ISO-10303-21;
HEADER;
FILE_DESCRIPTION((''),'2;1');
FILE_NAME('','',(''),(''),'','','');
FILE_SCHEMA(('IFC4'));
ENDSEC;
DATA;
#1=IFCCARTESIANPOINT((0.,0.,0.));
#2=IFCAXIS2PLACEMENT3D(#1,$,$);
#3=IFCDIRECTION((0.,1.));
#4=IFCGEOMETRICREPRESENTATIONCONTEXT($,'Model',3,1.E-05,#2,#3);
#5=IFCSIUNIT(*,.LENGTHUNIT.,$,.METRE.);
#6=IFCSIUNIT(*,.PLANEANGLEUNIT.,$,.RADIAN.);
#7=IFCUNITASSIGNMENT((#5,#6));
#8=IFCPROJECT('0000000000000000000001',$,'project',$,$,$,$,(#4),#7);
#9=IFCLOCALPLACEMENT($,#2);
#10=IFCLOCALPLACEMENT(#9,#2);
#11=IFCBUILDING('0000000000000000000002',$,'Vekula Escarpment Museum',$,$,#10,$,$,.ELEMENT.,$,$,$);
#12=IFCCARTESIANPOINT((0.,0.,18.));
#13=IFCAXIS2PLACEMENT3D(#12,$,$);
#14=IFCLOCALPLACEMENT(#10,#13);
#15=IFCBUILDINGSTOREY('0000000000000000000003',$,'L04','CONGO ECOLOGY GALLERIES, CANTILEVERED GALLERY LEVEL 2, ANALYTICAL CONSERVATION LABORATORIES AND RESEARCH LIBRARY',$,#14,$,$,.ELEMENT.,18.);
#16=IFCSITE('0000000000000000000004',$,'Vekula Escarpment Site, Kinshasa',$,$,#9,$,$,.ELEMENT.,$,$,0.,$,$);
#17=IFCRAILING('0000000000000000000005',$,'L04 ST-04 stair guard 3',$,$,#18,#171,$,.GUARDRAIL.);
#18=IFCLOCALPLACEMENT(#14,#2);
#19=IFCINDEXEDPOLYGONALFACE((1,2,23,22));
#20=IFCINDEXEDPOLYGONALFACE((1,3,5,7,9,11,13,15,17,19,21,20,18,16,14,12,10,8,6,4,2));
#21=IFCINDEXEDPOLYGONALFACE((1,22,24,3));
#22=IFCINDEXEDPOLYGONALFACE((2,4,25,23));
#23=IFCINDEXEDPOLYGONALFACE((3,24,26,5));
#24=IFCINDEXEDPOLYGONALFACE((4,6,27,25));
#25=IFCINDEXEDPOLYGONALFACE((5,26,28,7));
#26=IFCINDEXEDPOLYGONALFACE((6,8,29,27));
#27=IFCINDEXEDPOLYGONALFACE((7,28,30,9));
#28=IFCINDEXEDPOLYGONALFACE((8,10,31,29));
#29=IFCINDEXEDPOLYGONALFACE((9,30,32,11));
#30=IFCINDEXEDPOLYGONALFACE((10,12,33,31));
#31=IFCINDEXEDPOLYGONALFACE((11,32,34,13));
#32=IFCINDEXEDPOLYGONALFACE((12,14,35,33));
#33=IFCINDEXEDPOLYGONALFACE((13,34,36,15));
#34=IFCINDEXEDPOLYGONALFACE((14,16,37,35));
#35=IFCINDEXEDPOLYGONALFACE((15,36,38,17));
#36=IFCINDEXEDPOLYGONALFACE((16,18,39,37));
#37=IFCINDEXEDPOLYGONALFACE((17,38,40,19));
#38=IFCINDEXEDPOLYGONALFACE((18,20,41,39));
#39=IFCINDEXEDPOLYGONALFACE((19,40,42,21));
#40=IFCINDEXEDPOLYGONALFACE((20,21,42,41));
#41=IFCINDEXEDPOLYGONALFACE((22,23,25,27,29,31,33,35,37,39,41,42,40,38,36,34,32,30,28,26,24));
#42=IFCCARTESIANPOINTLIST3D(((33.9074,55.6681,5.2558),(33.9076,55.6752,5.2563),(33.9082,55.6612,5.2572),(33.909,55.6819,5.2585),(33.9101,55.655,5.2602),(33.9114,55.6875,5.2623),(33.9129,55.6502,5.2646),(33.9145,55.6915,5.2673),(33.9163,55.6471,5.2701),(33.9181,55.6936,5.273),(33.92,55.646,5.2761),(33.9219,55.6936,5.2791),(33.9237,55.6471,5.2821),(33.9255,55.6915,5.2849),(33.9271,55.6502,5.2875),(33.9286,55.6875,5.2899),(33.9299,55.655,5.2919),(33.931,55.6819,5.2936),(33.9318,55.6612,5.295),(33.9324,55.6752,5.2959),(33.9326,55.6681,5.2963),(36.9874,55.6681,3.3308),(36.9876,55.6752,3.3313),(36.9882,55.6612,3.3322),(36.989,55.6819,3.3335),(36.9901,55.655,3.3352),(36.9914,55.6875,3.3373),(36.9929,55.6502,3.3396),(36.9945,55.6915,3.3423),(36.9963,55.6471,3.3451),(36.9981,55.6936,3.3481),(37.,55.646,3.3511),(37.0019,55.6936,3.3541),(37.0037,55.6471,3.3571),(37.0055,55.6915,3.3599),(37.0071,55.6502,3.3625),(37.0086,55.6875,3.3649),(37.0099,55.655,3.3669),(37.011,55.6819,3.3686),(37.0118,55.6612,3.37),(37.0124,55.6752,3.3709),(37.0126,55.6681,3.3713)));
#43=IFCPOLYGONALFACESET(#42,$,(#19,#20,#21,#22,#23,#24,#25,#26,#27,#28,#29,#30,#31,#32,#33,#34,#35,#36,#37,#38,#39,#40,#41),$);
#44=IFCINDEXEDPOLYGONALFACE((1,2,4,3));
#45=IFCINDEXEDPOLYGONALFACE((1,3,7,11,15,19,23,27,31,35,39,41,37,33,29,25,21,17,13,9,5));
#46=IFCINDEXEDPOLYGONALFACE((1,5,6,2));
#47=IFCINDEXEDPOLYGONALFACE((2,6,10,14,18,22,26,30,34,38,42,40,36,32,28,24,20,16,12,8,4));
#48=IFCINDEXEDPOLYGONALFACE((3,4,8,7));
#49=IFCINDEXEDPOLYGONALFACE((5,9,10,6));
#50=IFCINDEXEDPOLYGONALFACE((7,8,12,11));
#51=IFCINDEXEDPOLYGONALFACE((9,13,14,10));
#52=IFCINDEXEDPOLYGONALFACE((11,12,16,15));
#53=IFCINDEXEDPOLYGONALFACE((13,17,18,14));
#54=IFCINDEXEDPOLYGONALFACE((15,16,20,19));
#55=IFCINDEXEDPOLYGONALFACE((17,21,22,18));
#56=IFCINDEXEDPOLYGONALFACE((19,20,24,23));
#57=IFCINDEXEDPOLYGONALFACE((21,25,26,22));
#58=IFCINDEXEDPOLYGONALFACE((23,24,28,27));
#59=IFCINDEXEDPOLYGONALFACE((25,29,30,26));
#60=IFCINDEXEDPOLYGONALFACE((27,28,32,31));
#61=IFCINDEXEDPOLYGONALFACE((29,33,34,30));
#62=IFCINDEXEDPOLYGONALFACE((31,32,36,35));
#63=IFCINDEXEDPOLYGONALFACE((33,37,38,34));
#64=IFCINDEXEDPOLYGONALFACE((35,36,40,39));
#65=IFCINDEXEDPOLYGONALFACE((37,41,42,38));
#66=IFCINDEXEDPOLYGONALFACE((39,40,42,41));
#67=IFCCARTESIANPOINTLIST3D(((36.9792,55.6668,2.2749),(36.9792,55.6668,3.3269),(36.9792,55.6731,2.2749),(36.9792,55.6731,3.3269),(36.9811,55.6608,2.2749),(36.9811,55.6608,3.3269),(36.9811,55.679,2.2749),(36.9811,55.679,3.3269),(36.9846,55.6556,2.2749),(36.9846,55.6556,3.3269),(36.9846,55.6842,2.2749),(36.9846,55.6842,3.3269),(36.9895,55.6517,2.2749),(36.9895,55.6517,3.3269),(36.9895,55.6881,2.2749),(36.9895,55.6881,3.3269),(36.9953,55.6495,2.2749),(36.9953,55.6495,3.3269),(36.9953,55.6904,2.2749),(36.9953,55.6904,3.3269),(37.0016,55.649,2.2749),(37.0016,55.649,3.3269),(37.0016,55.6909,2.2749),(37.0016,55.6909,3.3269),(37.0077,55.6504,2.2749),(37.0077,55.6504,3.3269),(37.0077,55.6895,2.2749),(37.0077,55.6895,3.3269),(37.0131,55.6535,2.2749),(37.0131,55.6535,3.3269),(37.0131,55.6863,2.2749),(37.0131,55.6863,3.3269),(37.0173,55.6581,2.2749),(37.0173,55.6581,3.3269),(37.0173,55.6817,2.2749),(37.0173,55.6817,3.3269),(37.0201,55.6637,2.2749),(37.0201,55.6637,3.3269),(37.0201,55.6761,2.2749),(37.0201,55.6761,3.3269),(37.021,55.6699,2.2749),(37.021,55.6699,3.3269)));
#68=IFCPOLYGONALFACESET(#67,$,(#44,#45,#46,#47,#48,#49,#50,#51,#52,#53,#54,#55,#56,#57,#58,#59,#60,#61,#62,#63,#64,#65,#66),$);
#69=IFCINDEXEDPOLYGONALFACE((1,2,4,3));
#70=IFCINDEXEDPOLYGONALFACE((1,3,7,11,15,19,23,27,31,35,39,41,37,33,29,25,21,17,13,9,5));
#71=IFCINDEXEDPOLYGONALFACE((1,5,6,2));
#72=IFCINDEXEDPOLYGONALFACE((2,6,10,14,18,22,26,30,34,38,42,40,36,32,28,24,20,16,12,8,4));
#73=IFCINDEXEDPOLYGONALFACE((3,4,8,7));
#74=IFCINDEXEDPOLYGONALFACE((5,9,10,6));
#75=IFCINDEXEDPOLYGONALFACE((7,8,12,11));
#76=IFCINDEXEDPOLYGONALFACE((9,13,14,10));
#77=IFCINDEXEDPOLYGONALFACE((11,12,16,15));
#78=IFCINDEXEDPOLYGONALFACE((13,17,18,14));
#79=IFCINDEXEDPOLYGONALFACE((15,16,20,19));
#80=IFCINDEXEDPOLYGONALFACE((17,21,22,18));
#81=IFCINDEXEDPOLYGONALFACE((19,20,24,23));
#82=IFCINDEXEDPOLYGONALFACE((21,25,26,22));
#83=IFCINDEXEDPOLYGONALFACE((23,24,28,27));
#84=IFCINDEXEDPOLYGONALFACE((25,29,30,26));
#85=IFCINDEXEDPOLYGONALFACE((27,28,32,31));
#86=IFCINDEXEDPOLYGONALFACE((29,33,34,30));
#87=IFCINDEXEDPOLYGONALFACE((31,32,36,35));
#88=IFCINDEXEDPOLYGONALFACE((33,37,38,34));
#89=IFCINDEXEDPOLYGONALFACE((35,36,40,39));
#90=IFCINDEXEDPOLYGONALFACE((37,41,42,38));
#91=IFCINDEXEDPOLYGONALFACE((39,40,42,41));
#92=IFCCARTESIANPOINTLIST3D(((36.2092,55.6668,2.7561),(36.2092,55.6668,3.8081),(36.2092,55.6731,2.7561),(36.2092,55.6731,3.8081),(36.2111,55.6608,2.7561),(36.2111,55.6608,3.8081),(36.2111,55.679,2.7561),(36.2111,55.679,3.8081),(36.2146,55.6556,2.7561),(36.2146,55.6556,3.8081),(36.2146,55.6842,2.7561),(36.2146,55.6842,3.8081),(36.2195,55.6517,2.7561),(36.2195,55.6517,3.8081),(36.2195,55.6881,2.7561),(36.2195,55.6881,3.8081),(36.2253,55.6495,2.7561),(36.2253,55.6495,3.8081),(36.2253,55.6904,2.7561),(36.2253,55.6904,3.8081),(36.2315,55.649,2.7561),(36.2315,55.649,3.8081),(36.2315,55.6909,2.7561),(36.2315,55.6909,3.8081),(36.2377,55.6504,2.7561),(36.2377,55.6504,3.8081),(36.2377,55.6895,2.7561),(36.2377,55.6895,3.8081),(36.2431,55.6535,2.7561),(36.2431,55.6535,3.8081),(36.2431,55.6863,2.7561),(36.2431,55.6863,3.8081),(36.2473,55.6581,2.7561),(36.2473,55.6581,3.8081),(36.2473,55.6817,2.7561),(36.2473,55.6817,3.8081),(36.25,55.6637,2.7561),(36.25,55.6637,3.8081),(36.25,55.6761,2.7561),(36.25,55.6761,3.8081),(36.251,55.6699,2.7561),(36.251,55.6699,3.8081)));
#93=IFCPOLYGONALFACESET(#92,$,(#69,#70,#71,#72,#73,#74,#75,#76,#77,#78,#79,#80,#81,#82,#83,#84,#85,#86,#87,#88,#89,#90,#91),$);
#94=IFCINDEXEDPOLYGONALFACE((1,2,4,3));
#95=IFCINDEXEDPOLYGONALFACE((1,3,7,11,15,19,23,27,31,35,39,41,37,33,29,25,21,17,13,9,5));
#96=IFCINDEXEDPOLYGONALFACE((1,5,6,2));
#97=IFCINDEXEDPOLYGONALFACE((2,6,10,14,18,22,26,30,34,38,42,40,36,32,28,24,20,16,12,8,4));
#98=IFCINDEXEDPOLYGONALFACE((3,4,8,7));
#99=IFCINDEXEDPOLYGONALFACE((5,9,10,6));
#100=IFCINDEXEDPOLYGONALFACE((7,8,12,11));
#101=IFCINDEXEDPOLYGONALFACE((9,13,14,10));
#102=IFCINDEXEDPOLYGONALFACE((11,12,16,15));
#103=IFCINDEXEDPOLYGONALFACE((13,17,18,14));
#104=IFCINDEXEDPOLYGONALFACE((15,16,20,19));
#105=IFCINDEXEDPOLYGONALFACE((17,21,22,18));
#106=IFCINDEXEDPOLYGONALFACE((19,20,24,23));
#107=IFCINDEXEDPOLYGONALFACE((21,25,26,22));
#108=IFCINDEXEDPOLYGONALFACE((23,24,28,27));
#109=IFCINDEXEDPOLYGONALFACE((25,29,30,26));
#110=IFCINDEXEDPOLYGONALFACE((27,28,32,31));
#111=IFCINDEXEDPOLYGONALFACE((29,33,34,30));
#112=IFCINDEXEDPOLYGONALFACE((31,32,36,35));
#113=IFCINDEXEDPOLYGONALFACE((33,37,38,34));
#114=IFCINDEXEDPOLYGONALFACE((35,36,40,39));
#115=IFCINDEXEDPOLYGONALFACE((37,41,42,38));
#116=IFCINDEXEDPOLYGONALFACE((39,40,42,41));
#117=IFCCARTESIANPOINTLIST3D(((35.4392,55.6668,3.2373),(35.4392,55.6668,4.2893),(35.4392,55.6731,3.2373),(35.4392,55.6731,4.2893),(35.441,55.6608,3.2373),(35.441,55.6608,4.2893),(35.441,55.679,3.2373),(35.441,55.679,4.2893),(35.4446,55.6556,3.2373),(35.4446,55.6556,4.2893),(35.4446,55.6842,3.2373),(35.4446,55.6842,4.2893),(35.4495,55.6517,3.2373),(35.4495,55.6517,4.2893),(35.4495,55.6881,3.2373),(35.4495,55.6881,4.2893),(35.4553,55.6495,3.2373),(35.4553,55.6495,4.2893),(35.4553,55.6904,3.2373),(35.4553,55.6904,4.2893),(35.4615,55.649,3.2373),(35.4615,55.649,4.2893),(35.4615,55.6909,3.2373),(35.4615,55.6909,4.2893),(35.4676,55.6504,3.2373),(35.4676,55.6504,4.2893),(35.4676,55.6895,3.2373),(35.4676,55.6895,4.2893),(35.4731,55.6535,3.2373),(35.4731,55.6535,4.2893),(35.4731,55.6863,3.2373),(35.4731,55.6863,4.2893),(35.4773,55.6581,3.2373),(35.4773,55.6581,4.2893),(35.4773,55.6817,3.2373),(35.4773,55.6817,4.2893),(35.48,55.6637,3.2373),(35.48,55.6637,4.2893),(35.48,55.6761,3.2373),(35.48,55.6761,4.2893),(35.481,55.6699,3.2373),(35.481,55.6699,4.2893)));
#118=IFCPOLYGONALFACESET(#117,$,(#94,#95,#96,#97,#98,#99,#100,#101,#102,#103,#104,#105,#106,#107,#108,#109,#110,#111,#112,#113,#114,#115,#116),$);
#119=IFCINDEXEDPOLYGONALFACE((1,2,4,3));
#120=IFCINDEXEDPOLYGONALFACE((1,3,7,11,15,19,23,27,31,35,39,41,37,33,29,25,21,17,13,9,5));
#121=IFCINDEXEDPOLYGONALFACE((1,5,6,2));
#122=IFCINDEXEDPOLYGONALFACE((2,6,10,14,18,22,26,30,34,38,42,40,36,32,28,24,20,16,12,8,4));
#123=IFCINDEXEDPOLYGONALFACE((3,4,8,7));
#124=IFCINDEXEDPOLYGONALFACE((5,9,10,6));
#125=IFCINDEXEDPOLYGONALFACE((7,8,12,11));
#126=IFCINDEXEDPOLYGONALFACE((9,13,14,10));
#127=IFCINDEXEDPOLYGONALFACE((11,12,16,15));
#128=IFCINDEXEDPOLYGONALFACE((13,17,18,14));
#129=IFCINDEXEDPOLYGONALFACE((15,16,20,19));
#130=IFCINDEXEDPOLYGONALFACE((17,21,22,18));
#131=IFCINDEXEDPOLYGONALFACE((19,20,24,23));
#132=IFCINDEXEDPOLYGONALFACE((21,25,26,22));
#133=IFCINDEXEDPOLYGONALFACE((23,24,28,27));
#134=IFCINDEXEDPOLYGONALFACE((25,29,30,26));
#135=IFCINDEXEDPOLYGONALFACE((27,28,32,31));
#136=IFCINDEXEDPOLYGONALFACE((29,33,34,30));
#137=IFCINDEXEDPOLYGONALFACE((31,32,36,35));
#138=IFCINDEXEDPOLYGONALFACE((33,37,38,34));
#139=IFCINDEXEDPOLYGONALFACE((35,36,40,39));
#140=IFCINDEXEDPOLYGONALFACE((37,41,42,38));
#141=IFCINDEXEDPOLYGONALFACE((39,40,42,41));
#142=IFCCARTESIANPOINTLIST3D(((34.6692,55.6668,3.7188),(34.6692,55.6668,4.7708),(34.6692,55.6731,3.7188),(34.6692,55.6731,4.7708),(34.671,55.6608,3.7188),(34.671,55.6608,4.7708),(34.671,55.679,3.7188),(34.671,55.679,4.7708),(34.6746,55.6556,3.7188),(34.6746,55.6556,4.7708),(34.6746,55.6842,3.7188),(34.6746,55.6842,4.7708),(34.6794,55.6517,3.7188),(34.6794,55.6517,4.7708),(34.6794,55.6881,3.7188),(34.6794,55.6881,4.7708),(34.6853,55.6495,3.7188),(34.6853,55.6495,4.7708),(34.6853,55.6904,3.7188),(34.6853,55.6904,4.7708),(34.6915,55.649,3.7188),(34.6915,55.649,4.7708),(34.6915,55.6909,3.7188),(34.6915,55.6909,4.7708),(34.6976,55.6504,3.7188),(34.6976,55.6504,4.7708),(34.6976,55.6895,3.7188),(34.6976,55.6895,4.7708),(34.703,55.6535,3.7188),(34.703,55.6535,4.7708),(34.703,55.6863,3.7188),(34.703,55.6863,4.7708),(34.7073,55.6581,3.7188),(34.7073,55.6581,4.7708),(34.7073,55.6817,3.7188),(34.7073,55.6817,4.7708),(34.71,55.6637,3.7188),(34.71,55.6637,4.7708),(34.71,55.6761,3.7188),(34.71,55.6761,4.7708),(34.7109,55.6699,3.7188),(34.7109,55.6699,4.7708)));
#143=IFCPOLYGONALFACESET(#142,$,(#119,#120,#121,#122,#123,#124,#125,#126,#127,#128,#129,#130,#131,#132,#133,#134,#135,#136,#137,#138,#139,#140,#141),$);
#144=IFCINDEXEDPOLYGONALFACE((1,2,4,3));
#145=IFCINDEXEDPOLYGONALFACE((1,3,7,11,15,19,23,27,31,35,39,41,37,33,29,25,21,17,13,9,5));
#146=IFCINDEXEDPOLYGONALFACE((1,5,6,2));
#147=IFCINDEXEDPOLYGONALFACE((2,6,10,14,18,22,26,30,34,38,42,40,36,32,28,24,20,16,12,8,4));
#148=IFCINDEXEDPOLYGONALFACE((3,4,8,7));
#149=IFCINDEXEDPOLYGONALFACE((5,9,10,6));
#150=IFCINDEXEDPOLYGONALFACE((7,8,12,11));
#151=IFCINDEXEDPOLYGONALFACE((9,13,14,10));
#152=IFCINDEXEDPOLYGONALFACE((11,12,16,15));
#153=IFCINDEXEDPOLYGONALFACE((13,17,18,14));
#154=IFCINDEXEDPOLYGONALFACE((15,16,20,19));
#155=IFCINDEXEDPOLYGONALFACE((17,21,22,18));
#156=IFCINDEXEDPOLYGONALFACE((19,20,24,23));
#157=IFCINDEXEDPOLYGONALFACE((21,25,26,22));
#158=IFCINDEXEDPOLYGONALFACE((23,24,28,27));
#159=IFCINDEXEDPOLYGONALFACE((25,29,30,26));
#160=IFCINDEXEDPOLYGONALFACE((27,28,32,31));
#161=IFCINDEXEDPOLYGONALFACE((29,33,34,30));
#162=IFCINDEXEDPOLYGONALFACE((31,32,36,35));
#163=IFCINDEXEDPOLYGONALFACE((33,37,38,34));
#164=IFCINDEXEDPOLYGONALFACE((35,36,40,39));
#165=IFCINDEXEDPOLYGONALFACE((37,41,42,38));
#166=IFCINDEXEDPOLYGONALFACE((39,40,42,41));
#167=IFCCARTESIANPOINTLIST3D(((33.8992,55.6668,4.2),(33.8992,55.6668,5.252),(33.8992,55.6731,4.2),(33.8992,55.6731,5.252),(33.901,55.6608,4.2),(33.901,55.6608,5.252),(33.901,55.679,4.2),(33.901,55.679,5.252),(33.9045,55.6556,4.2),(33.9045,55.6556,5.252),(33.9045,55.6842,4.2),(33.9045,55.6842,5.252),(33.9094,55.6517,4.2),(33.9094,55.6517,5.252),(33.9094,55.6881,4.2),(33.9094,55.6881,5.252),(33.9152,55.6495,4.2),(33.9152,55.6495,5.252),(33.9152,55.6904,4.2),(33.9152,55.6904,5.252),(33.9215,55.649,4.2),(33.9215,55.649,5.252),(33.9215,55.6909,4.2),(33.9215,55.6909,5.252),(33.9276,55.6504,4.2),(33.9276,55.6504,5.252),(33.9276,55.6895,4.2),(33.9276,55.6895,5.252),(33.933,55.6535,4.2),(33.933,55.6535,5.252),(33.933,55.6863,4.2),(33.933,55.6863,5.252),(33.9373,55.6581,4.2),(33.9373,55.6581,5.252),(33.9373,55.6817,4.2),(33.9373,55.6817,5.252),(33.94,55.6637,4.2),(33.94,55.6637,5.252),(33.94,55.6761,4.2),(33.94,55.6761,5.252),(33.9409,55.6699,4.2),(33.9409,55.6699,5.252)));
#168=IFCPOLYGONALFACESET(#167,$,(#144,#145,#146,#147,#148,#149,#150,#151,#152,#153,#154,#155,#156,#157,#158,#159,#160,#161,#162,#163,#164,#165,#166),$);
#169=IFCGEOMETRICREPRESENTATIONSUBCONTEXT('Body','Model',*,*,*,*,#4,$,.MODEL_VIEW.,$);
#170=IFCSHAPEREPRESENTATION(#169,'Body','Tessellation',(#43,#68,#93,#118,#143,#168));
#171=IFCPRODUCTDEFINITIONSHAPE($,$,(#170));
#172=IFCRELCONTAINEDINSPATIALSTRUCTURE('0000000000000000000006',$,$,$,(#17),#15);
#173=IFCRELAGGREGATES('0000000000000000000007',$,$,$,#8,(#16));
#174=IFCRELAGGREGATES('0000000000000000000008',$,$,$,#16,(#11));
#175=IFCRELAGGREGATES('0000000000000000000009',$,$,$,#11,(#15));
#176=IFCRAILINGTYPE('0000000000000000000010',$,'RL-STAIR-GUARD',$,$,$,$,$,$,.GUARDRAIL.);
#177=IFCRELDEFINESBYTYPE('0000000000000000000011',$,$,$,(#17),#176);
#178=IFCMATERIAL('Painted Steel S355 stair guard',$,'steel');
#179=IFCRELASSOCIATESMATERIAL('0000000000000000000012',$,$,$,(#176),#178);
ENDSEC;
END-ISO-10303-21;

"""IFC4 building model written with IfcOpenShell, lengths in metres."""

from ifc_helpers import new_model, si_unit, direction, frame, origin, origin_2d, place, context, subcontext, project, spatial, circle, extrude, material, type_object, element, save


model = new_model("IFC4")

# Units and contexts
model_context = context("Model", 3, precision=1e-05, world=origin(), true_north=direction((0.0, 1.0)))
body_context = subcontext(model_context, "Body", "Model", "MODEL_VIEW")
ifc_project = project(units=[si_unit("LENGTHUNIT", "METRE"), si_unit("PLANEANGLEUNIT", "RADIAN")], contexts=[model_context])

# Site, building, storey
site_placement = place(None, origin())
site = spatial("IfcSite", under=ifc_project, at=site_placement, Name="Vekula Escarpment Site, Kinshasa", CompositionType="ELEMENT", RefElevation=0.0)
building_placement = place(site_placement, origin())
building = spatial("IfcBuilding", under=site, at=building_placement, Name="Vekula Escarpment Museum", CompositionType="ELEMENT")
storey_placement = place(building_placement, frame((0.0, 0.0, 18.0)))
storey = spatial("IfcBuildingStorey", under=building, at=storey_placement, Name="L04", Description="CONGO ECOLOGY GALLERIES, CANTILEVERED GALLERY LEVEL 2, ANALYTICAL CONSERVATION LABORATORIES AND RESEARCH LIBRARY", CompositionType="ELEMENT", Elevation=18.0)

# Railing
ifc_material_1 = material(Name="Painted Steel S355 stair guard", Category="steel")
railing_type_1 = type_object("IfcRailingType", Name="RL-STAIR-GUARD", PredefinedType="GUARDRAIL", material=ifc_material_1)
railing_1_placement = place(storey_placement, frame((37.0, 55.6699, 2.2749)))
element("IfcRailing", 1, at=railing_1_placement, inside=storey, type_object=railing_type_1, Name="L04 ST-04 stair guard 3", PredefinedType="GUARDRAIL", context=body_context, shape_type="SweptSolid", body=[
    extrude(circle(Radius=0.0239, at=origin_2d()), frame((0.0, 0.0, 1.0762), z_axis=(-0.847998, 0.0, 0.529999), x_axis=(0.0, -1.0, 0.0)), (0.0, 0.0, 1.0), 3.6321),
    extrude(circle(Radius=0.021, at=origin_2d()), origin(), (0.0, 0.0, 1.0), 1.052),
    extrude(circle(Radius=0.021, at=origin_2d()), frame((-0.77, 0.0, 0.4812)), (0.0, 0.0, 1.0), 1.052),
    extrude(circle(Radius=0.021, at=origin_2d()), frame((-1.54, 0.0, 0.9624)), (0.0, 0.0, 1.0), 1.052),
    extrude(circle(Radius=0.021, at=origin_2d()), frame((-2.3101, 0.0, 1.4438)), (0.0, 0.0, 1.0), 1.052),
    extrude(circle(Radius=0.021, at=origin_2d()), frame((-3.0801, 0.0, 1.925)), (0.0, 0.0, 1.0), 1.052),
])

save(model, "model.ifc")
